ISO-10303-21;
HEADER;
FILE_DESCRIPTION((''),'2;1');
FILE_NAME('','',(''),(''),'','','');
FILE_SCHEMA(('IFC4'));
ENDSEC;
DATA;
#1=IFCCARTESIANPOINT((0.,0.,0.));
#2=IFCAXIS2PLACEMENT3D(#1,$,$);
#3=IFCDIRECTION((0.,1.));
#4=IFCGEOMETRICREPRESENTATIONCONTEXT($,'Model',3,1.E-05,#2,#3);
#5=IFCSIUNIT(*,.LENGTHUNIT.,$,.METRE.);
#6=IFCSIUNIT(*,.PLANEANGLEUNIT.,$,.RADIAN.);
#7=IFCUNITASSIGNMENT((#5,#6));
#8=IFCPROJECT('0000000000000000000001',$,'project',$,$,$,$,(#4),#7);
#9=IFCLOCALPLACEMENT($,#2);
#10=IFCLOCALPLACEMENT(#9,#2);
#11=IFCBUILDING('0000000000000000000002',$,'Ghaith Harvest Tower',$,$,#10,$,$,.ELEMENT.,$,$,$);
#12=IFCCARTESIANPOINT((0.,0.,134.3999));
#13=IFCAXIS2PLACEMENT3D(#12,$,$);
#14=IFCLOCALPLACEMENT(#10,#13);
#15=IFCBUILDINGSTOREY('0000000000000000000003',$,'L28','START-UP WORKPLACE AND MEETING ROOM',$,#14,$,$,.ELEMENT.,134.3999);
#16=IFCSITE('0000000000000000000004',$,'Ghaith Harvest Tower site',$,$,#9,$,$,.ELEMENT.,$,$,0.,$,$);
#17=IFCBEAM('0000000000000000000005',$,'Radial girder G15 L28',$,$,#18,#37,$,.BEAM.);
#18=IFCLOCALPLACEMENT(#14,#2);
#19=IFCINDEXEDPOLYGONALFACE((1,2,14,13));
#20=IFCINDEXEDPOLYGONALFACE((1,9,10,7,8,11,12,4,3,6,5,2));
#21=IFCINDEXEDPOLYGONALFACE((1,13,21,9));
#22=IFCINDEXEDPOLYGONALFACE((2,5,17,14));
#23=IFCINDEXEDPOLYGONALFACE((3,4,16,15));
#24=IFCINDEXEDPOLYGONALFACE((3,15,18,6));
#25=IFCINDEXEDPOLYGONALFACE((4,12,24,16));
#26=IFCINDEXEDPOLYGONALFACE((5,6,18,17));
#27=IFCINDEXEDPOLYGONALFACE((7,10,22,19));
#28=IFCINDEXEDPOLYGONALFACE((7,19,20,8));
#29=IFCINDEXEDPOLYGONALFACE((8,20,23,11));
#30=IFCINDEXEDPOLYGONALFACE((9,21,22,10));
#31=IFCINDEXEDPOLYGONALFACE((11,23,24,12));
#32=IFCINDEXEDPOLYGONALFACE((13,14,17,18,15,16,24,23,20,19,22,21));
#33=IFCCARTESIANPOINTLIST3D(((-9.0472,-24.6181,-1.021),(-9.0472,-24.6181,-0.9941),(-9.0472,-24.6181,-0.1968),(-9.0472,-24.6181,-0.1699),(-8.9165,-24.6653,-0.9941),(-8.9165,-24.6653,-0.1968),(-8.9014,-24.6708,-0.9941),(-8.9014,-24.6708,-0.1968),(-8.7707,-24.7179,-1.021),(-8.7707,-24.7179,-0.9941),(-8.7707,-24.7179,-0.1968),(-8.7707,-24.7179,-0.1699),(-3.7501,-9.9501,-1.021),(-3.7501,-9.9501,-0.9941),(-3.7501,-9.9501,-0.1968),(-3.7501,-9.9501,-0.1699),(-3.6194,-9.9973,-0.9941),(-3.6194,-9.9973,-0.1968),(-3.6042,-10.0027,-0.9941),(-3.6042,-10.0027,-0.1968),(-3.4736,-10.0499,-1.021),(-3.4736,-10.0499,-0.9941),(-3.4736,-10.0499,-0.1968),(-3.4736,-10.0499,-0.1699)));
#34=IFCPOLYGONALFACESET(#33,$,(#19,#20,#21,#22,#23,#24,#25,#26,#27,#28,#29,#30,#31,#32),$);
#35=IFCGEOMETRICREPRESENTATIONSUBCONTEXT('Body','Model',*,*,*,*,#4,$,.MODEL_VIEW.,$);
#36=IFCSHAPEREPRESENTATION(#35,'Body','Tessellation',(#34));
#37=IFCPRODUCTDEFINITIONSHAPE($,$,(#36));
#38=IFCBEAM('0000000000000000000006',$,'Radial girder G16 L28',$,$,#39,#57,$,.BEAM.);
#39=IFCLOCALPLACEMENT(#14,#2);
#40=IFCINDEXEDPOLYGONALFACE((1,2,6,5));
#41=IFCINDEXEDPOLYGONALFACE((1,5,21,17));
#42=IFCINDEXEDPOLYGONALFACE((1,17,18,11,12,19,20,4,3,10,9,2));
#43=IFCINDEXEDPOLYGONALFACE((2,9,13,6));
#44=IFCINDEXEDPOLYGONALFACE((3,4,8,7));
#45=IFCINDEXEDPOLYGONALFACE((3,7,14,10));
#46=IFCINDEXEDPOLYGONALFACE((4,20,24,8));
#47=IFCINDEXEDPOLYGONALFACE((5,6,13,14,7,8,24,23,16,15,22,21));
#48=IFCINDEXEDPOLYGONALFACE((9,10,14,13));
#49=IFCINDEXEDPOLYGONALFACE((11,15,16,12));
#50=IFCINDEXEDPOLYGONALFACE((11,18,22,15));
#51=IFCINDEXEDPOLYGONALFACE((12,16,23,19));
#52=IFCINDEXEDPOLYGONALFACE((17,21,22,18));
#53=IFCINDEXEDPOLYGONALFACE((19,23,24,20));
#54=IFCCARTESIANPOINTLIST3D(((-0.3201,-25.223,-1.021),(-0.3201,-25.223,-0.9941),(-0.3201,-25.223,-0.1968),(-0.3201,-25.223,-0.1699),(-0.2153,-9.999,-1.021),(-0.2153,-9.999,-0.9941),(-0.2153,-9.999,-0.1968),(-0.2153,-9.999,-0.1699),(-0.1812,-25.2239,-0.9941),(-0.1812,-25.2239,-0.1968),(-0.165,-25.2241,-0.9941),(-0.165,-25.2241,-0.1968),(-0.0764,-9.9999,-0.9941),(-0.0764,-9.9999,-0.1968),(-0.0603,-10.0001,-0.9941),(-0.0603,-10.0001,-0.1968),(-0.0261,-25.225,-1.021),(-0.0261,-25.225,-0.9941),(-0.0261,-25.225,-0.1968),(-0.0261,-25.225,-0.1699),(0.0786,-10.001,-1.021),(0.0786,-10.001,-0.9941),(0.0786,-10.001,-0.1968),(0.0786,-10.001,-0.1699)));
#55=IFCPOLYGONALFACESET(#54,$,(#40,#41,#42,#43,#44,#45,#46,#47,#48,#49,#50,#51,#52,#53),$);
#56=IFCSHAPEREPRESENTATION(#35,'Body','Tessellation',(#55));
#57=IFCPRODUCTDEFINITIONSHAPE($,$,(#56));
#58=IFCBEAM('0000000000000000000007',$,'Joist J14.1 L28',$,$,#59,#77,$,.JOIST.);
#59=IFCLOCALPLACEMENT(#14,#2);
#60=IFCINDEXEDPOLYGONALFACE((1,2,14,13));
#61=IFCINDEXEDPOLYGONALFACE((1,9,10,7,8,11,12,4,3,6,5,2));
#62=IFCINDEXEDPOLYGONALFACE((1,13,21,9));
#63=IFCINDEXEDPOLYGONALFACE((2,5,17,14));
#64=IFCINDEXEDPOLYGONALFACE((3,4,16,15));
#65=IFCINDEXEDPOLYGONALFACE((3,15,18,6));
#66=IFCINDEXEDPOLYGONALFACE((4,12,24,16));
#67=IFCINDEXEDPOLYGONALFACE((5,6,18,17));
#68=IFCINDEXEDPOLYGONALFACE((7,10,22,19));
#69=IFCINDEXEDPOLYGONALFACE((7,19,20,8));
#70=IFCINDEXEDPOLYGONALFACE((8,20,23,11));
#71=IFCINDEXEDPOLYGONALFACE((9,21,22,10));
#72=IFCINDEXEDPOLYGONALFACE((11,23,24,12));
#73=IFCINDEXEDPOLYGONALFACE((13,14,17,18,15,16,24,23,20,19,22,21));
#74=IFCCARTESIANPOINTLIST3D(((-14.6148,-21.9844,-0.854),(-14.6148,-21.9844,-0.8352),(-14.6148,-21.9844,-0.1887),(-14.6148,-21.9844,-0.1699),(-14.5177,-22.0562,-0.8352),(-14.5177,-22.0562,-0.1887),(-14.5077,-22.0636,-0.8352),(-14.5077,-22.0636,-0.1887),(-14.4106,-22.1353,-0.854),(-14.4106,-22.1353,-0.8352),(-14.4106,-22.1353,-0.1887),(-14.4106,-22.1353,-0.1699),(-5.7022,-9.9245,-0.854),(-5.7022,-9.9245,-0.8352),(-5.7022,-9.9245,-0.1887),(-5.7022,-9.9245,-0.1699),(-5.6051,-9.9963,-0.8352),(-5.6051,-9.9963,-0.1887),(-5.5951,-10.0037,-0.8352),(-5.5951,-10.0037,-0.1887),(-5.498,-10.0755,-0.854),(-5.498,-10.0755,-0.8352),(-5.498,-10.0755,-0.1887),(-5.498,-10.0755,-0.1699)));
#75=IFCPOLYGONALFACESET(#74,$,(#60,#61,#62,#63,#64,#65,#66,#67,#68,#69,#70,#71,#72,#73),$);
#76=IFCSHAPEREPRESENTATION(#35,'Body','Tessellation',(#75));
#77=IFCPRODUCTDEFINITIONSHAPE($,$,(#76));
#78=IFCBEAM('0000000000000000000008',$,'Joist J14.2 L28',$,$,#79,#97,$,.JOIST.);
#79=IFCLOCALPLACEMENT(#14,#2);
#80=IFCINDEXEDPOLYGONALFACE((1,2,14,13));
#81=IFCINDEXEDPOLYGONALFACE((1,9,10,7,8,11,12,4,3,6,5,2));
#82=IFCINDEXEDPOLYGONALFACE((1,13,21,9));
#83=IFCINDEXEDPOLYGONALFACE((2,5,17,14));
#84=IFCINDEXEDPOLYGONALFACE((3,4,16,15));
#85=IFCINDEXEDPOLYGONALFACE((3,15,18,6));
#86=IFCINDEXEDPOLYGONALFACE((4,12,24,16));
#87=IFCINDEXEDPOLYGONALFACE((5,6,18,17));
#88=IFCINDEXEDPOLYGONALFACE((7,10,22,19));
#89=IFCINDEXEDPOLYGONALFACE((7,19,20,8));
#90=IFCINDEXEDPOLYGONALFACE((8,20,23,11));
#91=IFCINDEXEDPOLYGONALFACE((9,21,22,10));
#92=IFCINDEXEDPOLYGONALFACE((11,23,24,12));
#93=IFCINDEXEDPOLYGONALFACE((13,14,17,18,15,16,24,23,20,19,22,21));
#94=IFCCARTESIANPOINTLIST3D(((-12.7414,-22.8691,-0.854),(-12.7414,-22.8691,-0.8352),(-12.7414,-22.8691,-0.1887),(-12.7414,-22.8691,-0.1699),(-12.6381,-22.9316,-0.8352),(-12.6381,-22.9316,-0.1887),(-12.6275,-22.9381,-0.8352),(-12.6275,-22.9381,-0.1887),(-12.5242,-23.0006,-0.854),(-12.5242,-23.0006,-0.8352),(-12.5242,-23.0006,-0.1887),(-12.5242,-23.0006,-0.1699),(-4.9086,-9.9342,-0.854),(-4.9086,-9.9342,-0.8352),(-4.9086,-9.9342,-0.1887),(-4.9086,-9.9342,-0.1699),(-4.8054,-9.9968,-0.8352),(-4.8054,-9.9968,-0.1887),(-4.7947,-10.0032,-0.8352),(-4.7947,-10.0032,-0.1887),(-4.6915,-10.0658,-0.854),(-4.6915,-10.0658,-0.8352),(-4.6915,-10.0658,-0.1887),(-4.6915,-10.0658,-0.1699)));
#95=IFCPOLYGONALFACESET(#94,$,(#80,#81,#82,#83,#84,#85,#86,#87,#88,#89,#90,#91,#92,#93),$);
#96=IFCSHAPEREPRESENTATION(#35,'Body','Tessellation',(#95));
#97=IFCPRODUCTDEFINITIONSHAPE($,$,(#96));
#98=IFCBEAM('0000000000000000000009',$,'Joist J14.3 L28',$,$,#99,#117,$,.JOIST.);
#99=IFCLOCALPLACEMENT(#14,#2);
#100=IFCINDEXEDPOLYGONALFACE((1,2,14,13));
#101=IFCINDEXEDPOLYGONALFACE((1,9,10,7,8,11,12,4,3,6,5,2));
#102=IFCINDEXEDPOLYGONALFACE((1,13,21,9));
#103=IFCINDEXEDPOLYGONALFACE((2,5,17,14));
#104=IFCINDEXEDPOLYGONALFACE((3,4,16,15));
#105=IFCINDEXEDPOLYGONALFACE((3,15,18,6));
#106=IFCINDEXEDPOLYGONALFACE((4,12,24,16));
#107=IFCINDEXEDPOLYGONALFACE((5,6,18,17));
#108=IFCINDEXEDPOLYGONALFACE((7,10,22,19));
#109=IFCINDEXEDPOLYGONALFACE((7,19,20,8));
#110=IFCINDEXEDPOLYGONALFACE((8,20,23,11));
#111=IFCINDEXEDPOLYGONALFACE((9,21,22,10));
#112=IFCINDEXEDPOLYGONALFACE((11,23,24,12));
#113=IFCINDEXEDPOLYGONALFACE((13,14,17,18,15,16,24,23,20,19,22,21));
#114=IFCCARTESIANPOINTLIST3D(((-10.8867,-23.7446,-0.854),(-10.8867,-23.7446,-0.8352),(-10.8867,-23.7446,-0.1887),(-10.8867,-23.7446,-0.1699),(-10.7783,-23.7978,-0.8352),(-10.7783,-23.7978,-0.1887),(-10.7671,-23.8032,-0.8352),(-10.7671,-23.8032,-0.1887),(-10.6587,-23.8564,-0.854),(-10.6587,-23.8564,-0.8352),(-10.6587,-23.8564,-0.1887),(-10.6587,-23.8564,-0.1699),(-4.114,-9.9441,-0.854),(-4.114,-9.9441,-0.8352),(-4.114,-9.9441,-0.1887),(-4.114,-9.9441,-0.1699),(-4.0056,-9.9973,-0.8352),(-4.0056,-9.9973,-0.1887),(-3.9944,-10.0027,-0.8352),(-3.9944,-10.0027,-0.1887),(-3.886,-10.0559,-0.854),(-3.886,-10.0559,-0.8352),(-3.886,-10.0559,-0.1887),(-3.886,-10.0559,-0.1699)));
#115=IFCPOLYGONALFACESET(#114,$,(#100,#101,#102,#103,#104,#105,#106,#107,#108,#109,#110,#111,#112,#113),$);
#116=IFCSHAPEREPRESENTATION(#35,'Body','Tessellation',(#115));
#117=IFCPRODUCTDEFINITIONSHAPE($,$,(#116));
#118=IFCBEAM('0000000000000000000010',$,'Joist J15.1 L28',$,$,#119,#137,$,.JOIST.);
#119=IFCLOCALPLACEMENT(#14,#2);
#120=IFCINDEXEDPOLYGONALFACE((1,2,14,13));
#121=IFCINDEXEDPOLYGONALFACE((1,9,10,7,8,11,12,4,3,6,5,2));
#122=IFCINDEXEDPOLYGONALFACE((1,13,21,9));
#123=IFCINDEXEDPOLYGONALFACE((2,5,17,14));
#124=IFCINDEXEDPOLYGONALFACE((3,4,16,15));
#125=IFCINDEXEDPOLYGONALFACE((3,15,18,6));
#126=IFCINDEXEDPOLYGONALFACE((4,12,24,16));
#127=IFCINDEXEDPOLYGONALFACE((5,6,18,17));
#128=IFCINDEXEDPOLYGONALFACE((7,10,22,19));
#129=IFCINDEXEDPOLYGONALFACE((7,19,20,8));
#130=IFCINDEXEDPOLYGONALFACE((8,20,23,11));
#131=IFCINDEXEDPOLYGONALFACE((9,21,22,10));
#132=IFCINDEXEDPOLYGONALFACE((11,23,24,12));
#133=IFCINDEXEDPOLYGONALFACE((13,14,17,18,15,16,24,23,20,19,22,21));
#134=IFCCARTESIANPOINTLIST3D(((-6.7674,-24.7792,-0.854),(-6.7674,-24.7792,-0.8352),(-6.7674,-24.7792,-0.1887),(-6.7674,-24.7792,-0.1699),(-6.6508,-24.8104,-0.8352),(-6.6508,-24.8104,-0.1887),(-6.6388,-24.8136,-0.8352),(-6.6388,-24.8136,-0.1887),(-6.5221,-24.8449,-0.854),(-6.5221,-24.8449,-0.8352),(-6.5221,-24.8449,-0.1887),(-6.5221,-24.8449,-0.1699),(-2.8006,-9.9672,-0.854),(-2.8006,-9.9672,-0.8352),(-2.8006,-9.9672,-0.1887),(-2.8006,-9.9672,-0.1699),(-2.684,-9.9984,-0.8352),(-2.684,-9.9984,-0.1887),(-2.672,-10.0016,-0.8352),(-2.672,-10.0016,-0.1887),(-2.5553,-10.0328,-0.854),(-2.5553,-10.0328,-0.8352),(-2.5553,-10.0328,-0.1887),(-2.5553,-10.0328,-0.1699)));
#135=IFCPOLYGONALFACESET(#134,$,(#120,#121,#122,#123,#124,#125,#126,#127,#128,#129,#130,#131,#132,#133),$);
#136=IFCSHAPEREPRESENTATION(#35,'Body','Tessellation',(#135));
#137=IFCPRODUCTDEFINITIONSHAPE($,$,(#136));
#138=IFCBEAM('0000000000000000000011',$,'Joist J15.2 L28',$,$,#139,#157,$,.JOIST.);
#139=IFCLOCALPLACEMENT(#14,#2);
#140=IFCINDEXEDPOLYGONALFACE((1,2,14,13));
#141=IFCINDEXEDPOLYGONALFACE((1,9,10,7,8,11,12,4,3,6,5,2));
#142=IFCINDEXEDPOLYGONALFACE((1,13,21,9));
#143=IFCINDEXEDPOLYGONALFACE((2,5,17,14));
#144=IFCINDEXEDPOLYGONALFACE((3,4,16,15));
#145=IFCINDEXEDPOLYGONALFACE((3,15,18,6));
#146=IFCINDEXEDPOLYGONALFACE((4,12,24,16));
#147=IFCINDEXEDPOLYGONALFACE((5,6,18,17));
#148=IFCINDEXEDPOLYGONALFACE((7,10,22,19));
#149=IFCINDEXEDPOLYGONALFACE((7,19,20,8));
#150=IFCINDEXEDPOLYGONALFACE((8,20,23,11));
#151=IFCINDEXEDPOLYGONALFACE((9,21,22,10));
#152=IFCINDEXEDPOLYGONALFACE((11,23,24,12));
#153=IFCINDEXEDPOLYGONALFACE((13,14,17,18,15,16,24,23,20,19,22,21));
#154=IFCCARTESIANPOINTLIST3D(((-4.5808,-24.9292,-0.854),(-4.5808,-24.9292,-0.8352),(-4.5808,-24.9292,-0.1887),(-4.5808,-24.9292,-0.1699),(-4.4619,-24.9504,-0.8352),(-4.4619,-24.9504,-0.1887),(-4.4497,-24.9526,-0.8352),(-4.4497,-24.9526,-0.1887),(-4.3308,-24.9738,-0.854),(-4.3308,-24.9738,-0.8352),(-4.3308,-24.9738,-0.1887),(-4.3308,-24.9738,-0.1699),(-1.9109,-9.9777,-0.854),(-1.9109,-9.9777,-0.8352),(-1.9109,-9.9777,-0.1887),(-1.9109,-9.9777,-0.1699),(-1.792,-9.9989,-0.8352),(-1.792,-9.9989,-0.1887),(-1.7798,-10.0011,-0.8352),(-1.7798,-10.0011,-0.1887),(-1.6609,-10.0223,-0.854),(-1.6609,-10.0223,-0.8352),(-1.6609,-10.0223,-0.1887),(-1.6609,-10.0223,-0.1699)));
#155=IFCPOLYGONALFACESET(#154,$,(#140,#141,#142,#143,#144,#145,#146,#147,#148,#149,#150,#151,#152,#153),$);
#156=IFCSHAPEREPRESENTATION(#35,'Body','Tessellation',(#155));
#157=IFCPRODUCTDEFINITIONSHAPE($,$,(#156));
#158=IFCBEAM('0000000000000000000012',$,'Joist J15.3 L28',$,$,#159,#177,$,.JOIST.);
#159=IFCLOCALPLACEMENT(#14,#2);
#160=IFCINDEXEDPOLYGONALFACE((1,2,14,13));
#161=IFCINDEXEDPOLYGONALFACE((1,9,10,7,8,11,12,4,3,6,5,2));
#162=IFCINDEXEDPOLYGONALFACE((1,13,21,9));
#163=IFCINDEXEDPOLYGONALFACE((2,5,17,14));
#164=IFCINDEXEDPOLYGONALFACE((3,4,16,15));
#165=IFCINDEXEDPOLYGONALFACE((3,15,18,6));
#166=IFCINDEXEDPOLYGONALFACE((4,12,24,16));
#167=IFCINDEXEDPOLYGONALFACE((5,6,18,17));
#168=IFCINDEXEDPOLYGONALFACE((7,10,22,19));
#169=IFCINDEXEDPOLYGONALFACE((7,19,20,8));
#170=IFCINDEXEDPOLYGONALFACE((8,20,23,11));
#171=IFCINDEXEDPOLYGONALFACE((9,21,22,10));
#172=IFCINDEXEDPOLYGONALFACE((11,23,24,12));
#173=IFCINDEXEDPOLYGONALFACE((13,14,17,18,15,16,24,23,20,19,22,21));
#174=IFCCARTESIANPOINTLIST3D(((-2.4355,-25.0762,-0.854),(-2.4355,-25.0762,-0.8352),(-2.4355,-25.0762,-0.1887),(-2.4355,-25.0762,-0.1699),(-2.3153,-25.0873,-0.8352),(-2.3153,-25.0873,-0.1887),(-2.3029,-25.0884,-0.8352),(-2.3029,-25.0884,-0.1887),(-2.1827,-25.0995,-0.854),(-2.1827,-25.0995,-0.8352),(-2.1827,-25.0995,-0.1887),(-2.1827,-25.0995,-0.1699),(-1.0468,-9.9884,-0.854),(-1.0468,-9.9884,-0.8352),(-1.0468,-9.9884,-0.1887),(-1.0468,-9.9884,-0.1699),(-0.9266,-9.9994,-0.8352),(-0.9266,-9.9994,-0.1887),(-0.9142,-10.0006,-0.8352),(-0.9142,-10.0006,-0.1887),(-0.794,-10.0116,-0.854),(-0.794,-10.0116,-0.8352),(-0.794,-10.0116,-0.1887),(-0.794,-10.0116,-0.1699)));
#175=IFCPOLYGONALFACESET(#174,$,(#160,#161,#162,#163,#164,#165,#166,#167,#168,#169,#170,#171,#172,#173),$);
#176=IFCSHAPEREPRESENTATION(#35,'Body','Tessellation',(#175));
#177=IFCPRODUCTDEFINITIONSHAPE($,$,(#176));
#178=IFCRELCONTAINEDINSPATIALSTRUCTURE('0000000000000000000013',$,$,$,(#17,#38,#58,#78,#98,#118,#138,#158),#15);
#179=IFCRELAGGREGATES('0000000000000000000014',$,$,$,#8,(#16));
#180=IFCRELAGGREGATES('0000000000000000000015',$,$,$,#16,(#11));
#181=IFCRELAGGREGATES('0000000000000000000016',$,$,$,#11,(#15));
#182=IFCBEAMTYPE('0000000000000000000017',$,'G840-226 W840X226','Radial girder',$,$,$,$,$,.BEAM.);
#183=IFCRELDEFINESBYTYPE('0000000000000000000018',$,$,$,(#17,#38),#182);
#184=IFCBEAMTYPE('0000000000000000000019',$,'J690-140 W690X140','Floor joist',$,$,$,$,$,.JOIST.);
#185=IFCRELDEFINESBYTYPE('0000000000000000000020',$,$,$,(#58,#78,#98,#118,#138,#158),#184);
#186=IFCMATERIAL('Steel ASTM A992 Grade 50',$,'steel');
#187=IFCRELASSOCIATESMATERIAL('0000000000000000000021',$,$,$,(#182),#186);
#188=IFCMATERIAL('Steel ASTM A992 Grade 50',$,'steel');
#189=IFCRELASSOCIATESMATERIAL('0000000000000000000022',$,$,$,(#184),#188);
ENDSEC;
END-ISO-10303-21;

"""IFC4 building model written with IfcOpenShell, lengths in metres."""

from ifc_helpers import new_model, si_unit, direction, frame, origin, origin_2d, place, context, subcontext, project, spatial, i_section, extrude, material, material_profile, profile_set, type_object, element, save


model = new_model("IFC4")

# Units and contexts
model_context = context("Model", 3, precision=1e-05, world=origin(), true_north=direction((0.0, 1.0)))
body_context = subcontext(model_context, "Body", "Model", "MODEL_VIEW")
ifc_project = project(units=[si_unit("LENGTHUNIT", "METRE"), si_unit("PLANEANGLEUNIT", "RADIAN")], contexts=[model_context])

# Site, building, storey
site_placement = place(None, origin())
site = spatial("IfcSite", under=ifc_project, at=site_placement, Name="Ghaith Harvest Tower site", CompositionType="ELEMENT", RefElevation=0.0)
building_placement = place(site_placement, origin())
building = spatial("IfcBuilding", under=site, at=building_placement, Name="Ghaith Harvest Tower", CompositionType="ELEMENT")
storey_placement = place(building_placement, frame((0.0, 0.0, 134.3999)))
storey = spatial("IfcBuildingStorey", under=building, at=storey_placement, Name="L28", Description="START-UP WORKPLACE AND MEETING ROOM", CompositionType="ELEMENT", Elevation=134.3999)

# Beams
ifc_material_1 = material(Name="Steel ASTM A992 Grade 50", Category="steel")
ifc_material_profile_1 = material_profile(ifc_material_1, i_section(OverallWidth=0.2939, OverallDepth=0.8511, WebThickness=0.0161, FlangeThickness=0.0269, at=origin_2d()), Name="W840X226")
ifc_profile_set_1 = profile_set([ifc_material_profile_1], Name="Steel ASTM A992 Grade 50")
beam_type_1 = type_object("IfcBeamType", Name="G840-226 W840X226", Description="Radial girder", PredefinedType="BEAM", material=ifc_profile_set_1)
beam_1_placement = place(storey_placement, frame((-3.6118, -10.0, -0.5955), z_axis=(-0.339664, -0.940547, 0.0), x_axis=(0.940547, -0.339664, 0.0)))
element("IfcBeam", 1, at=beam_1_placement, inside=storey, type_object=beam_type_1, Name="Radial girder G15 L28", PredefinedType="BEAM", context=body_context, shape_type="SweptSolid", body=[
    extrude(i_section(OverallWidth=0.2939, OverallDepth=0.8511, WebThickness=0.0161, FlangeThickness=0.0269, at=origin_2d()), origin(), (0.0, 0.0, 1.0), 15.5952),
])
beam_2_placement = place(storey_placement, frame((-0.0684, -10.0, -0.5955), z_axis=(-0.006879, -0.999976, 0.0), x_axis=(0.999976, -0.006879, 0.0)))
element("IfcBeam", 2, at=beam_2_placement, inside=storey, type_object=beam_type_1, Name="Radial girder G16 L28", PredefinedType="BEAM", context=body_context, shape_type="SweptSolid", body=[
    extrude(i_section(OverallWidth=0.2939, OverallDepth=0.8511, WebThickness=0.0161, FlangeThickness=0.0269, at=origin_2d()), origin(), (0.0, 0.0, 1.0), 15.2244),
])
ifc_material_2 = material(Name="Steel ASTM A992 Grade 50", Category="steel")
ifc_material_profile_2 = material_profile(ifc_material_2, i_section(OverallWidth=0.2539, OverallDepth=0.6841, WebThickness=0.0125, FlangeThickness=0.0188, at=origin_2d()), Name="W690X140")
ifc_profile_set_2 = profile_set([ifc_material_profile_2], Name="Steel ASTM A992 Grade 50")
beam_type_2 = type_object("IfcBeamType", Name="J690-140 W690X140", Description="Floor joist", PredefinedType="JOIST", material=ifc_profile_set_2)
beam_3_placement = place(storey_placement, frame((-5.6001, -10.0, -0.512), z_axis=(-0.59434, -0.804214, 0.0), x_axis=(0.804214, -0.59434, 0.0)))
element("IfcBeam", 3, at=beam_3_placement, inside=storey, type_object=beam_type_2, Name="Joist J14.1 L28", PredefinedType="JOIST", context=body_context, shape_type="SweptSolid", body=[
    extrude(i_section(OverallWidth=0.2539, OverallDepth=0.6841, WebThickness=0.0125, FlangeThickness=0.0188, at=origin_2d()), origin(), (0.0, 0.0, 1.0), 14.9958),
])
beam_4_placement = place(storey_placement, frame((-4.8, -10.0, -0.512), z_axis=(-0.517986, -0.855389, 0.0), x_axis=(0.855389, -0.517986, 0.0)))
element("IfcBeam", 4, at=beam_4_placement, inside=storey, type_object=beam_type_2, Name="Joist J14.2 L28", PredefinedType="JOIST", context=body_context, shape_type="SweptSolid", body=[
    extrude(i_section(OverallWidth=0.2539, OverallDepth=0.6841, WebThickness=0.0125, FlangeThickness=0.0188, at=origin_2d()), origin(), (0.0, 0.0, 1.0), 15.1216),
])
beam_5_placement = place(storey_placement, frame((-4.0, -10.0, -0.512), z_axis=(-0.440563, -0.897722, 0.0), x_axis=(0.897722, -0.440563, 0.0)))
element("IfcBeam", 5, at=beam_5_placement, inside=storey, type_object=beam_type_2, Name="Joist J14.3 L28", PredefinedType="JOIST", context=body_context, shape_type="SweptSolid", body=[
    extrude(i_section(OverallWidth=0.2539, OverallDepth=0.6841, WebThickness=0.0125, FlangeThickness=0.0188, at=origin_2d()), origin(), (0.0, 0.0, 1.0), 15.3728),
])
beam_6_placement = place(storey_placement, frame((-2.678, -10.0, -0.512), z_axis=(-0.258693, -0.96596, 0.0), x_axis=(0.96596, -0.258693, 0.0)))
element("IfcBeam", 6, at=beam_6_placement, inside=storey, type_object=beam_type_2, Name="Joist J15.1 L28", PredefinedType="JOIST", context=body_context, shape_type="SweptSolid", body=[
    extrude(i_section(OverallWidth=0.2539, OverallDepth=0.6841, WebThickness=0.0125, FlangeThickness=0.0188, at=origin_2d()), origin(), (0.0, 0.0, 1.0), 15.334),
])
beam_7_placement = place(storey_placement, frame((-1.7859, -10.0, -0.512), z_axis=(-0.175792, -0.984427, 0.0), x_axis=(0.984427, -0.175792, 0.0)))
element("IfcBeam", 7, at=beam_7_placement, inside=storey, type_object=beam_type_2, Name="Joist J15.2 L28", PredefinedType="JOIST", context=body_context, shape_type="SweptSolid", body=[
    extrude(i_section(OverallWidth=0.2539, OverallDepth=0.6841, WebThickness=0.0125, FlangeThickness=0.0188, at=origin_2d()), origin(), (0.0, 0.0, 1.0), 15.188),
])
beam_8_placement = place(storey_placement, frame((-0.9204, -10.0, -0.512), z_axis=(-0.091651, -0.995791, 0.0), x_axis=(0.995791, -0.091651, 0.0)))
element("IfcBeam", 8, at=beam_8_placement, inside=storey, type_object=beam_type_2, Name="Joist J15.3 L28", PredefinedType="JOIST", context=body_context, shape_type="SweptSolid", body=[
    extrude(i_section(OverallWidth=0.2539, OverallDepth=0.6841, WebThickness=0.0125, FlangeThickness=0.0188, at=origin_2d()), origin(), (0.0, 0.0, 1.0), 15.1516),
])

save(model, "model.ifc")
